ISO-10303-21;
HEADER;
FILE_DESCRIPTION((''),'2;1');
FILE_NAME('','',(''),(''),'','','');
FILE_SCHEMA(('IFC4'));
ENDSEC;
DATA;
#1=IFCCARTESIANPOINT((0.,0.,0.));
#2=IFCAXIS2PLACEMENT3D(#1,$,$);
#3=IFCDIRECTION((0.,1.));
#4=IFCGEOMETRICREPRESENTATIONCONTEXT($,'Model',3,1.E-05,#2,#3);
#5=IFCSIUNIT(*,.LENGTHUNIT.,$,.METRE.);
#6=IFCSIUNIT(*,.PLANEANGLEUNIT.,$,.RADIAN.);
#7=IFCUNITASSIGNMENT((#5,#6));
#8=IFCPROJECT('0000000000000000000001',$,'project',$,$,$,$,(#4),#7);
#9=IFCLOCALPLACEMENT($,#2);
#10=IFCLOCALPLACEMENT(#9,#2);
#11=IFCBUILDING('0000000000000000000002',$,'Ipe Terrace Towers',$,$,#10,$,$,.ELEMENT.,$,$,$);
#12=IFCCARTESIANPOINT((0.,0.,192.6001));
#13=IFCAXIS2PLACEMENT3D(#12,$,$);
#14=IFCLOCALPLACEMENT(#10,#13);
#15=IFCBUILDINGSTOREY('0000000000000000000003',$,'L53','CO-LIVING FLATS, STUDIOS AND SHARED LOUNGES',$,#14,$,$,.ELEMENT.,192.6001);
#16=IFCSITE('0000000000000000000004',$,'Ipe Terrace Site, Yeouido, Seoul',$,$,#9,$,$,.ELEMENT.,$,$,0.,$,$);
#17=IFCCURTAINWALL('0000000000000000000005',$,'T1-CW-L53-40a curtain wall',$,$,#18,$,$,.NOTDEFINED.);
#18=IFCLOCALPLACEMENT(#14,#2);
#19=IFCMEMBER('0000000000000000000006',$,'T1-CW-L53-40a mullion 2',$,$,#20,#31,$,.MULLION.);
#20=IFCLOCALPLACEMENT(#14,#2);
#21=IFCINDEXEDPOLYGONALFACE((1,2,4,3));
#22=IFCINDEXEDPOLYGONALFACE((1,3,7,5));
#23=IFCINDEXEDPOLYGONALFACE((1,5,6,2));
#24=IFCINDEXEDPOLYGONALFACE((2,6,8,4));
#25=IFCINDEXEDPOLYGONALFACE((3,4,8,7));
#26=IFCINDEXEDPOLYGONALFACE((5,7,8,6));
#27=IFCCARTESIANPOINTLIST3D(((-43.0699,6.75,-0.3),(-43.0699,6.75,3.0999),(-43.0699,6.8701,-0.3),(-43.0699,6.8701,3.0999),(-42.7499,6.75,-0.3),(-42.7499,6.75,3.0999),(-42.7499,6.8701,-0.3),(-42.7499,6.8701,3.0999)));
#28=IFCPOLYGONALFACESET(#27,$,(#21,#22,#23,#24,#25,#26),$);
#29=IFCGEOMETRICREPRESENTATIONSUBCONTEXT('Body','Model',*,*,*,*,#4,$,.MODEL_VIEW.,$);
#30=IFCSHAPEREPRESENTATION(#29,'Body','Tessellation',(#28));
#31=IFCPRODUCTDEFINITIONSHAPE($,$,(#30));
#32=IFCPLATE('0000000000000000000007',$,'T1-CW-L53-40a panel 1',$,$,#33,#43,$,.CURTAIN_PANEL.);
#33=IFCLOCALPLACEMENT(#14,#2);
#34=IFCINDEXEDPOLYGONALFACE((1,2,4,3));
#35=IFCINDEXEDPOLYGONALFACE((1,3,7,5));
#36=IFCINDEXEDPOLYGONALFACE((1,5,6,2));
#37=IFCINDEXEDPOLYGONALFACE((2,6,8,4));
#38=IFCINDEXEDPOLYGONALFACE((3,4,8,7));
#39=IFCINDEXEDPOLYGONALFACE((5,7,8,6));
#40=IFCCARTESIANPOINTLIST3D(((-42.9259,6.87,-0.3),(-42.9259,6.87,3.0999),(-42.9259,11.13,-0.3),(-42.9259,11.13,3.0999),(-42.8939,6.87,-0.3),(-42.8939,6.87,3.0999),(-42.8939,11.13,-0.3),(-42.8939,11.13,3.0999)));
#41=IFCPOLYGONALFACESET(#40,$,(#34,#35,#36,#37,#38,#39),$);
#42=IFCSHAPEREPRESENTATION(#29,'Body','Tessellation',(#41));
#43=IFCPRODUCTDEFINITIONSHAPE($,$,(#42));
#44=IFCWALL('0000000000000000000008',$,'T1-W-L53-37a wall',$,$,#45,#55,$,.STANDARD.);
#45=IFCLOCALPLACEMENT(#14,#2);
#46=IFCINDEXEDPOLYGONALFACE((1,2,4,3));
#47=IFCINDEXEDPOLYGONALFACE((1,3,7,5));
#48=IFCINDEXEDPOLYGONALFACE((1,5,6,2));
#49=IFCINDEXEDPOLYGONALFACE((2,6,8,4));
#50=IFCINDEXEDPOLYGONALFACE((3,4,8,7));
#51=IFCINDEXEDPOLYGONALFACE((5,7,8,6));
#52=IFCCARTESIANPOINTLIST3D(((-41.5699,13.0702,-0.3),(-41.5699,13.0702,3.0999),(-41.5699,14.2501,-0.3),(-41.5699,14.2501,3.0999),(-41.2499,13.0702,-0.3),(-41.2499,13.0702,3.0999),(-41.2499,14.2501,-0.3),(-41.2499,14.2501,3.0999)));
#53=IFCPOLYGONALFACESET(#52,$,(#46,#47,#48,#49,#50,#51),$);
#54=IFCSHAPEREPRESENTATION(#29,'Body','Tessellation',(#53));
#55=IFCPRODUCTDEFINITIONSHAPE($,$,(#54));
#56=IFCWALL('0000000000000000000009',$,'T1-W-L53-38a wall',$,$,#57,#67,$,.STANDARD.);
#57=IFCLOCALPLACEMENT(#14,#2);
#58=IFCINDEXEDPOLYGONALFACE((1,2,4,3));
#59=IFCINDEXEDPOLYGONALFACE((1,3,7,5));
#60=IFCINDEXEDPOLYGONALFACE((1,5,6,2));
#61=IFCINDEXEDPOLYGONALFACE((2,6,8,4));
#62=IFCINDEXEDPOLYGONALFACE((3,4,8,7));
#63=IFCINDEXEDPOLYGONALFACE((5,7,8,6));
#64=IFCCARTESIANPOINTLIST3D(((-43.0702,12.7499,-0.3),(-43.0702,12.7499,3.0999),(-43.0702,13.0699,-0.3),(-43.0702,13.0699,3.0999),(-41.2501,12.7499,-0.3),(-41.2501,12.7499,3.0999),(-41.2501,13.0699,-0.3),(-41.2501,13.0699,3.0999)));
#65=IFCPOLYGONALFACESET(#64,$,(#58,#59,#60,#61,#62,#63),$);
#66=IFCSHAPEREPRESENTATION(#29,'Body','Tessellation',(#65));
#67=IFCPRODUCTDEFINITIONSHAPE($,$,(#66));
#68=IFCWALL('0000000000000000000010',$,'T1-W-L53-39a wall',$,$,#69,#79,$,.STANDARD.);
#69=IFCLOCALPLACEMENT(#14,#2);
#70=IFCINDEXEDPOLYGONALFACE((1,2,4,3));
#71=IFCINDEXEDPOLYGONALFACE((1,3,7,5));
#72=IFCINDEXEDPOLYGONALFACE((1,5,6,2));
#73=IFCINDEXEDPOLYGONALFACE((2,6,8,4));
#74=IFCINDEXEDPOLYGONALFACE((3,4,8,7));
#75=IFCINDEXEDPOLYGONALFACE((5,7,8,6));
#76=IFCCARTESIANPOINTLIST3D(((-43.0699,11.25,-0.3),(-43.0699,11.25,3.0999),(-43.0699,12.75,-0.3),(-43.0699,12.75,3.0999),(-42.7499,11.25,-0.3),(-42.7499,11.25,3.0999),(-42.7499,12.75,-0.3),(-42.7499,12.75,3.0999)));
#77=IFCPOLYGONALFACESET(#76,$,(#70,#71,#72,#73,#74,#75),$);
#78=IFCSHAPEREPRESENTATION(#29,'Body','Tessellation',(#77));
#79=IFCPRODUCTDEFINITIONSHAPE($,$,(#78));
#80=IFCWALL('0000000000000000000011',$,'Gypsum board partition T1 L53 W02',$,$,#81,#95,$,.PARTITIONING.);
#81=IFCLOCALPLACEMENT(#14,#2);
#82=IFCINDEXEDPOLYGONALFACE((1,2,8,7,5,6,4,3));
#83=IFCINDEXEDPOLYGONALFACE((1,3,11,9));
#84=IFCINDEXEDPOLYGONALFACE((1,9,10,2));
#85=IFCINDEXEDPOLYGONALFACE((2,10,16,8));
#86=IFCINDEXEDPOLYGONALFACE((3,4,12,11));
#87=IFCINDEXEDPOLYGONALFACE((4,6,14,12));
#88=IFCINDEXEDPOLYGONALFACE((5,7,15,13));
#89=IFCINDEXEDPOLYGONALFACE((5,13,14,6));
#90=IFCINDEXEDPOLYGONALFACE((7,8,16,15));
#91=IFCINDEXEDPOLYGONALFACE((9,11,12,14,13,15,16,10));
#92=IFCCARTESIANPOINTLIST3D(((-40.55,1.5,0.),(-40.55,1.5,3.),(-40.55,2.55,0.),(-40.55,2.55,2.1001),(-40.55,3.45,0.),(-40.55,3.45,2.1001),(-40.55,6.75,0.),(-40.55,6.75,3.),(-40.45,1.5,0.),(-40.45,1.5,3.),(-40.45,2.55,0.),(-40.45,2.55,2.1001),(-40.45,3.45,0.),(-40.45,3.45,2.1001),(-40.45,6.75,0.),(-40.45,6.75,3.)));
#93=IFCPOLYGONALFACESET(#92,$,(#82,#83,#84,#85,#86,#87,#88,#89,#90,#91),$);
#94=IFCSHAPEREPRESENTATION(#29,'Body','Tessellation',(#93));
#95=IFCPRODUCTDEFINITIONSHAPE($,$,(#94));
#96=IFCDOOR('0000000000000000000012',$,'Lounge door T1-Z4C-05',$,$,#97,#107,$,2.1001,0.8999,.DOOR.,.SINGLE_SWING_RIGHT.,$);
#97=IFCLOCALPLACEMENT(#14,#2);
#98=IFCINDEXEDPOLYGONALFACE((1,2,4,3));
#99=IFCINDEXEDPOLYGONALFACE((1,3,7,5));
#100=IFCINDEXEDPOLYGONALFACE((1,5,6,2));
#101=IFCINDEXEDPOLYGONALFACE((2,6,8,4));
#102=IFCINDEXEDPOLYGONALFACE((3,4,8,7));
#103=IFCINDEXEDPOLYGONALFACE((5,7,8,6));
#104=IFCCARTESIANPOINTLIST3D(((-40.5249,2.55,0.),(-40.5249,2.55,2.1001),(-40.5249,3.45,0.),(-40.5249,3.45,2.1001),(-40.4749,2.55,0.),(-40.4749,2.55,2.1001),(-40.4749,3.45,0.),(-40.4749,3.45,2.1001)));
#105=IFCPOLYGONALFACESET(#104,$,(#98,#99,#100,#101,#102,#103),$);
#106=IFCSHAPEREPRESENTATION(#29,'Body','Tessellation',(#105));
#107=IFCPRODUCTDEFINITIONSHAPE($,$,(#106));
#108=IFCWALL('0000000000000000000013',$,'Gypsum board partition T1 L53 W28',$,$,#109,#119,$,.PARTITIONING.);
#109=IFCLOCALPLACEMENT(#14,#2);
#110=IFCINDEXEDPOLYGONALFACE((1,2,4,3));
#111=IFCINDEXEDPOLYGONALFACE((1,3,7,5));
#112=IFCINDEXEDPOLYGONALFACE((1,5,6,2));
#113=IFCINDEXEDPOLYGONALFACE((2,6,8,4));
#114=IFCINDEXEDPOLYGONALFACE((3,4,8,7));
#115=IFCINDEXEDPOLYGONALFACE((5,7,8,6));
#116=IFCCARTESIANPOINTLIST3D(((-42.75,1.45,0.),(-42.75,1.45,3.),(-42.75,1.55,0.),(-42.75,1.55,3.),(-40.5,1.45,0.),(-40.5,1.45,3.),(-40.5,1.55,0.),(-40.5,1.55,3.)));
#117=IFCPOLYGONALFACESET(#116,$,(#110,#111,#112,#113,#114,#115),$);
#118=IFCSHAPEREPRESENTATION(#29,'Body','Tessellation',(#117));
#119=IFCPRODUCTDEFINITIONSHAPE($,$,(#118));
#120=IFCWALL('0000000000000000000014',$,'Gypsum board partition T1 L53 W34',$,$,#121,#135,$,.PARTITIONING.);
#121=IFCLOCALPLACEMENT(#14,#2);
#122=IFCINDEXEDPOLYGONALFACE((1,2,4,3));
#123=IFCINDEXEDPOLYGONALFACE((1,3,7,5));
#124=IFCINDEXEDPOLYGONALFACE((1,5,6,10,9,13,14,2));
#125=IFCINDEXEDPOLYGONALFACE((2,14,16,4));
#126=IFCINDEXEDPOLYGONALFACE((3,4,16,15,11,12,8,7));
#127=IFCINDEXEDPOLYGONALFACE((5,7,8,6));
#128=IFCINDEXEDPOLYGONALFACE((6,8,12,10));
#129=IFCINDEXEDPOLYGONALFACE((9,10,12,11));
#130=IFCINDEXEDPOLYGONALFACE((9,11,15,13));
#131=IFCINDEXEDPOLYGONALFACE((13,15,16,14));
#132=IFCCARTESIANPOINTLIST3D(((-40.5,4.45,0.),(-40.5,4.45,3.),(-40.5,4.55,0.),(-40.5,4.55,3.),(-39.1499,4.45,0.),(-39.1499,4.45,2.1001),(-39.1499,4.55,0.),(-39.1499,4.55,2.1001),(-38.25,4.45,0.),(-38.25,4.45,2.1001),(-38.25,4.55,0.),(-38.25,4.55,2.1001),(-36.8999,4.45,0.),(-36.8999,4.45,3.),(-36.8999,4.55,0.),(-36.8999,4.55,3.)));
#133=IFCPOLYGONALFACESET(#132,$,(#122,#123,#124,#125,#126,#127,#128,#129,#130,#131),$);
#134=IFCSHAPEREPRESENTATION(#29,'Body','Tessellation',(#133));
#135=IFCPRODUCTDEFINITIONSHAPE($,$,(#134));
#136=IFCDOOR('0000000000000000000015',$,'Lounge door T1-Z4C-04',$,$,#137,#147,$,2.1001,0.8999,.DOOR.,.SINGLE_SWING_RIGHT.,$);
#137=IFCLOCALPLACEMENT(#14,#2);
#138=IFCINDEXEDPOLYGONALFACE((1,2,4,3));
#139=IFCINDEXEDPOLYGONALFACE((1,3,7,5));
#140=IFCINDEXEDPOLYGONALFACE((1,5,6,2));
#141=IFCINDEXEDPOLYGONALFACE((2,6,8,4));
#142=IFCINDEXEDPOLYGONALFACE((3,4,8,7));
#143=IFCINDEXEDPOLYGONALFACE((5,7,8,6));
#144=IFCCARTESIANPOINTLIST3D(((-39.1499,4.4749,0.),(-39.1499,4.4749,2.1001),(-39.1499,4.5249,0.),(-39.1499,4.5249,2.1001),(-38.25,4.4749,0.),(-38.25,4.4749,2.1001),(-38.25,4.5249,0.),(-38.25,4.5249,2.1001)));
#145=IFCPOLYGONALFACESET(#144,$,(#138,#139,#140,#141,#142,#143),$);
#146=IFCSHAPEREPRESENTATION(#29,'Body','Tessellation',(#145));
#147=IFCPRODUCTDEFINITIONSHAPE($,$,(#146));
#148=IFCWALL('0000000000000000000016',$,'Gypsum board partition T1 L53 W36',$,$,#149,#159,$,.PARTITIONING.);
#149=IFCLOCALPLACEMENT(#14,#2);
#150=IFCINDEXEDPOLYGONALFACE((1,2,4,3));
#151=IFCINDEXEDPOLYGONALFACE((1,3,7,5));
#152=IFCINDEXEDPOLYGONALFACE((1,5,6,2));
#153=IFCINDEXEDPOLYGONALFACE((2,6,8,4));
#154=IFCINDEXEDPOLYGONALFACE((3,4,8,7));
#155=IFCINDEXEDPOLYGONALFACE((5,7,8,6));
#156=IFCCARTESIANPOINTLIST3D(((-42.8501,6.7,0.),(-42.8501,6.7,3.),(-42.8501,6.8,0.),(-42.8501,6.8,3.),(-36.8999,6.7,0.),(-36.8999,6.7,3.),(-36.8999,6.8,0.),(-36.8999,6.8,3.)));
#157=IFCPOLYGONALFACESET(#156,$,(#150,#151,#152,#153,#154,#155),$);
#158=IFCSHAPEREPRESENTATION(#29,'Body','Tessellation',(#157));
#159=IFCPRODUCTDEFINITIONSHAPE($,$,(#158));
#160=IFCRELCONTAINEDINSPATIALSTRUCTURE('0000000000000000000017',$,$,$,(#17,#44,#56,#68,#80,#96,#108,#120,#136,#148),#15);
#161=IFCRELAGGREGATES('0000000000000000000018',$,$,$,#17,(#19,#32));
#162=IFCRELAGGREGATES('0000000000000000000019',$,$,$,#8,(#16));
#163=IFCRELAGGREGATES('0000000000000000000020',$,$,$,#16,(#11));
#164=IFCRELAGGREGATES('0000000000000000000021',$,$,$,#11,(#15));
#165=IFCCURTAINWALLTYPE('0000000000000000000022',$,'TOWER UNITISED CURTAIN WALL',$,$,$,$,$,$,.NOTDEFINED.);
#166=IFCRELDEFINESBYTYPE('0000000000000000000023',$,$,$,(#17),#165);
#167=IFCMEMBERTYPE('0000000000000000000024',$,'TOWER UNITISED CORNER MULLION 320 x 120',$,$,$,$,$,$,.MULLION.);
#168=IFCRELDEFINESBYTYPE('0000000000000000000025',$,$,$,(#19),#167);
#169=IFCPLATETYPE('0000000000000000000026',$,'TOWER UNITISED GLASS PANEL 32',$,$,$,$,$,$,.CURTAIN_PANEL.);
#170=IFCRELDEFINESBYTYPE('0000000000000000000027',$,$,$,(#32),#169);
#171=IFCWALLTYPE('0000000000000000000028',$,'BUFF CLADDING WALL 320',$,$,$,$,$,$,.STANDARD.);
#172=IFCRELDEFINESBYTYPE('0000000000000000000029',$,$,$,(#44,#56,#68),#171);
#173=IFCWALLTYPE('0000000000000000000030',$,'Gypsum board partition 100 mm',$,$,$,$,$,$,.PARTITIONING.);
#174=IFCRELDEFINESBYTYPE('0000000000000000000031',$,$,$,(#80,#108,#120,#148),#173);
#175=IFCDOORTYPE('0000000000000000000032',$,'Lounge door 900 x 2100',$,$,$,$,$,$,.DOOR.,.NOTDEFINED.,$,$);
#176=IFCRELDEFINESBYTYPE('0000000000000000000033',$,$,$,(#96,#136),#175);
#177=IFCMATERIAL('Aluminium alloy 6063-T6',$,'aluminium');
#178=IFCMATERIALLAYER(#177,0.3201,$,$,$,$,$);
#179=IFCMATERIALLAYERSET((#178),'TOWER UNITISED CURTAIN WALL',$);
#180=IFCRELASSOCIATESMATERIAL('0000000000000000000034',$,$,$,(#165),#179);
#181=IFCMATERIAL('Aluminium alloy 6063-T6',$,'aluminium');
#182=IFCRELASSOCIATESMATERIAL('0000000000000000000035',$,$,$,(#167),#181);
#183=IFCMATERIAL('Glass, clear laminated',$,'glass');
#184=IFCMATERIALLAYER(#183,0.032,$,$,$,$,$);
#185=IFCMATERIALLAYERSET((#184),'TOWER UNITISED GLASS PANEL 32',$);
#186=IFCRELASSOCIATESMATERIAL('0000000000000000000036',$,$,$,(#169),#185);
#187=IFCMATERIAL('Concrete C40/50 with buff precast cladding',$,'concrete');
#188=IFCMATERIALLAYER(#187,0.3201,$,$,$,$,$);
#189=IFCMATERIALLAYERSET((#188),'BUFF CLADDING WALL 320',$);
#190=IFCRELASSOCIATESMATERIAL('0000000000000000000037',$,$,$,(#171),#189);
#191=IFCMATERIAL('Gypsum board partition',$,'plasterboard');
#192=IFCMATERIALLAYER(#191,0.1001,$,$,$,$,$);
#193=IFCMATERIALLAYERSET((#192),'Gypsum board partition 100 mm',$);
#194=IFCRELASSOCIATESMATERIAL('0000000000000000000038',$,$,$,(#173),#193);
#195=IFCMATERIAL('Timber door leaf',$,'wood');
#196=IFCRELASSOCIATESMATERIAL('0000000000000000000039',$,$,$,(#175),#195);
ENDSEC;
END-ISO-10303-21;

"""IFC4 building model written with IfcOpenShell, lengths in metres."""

from ifc_helpers import new_model, si_unit, direction, frame, frame_2d, origin, origin_2d, place, context, subcontext, project, spatial, rectangle, extrude, material, layer, layer_set, material_profile, profile_set, type_object, element, fill, aggregate, save


model = new_model("IFC4")

# Units and contexts
model_context = context("Model", 3, precision=1e-05, world=origin(), true_north=direction((0.0, 1.0)))
body_context = subcontext(model_context, "Body", "Model", "MODEL_VIEW")
ifc_project = project(units=[si_unit("LENGTHUNIT", "METRE"), si_unit("PLANEANGLEUNIT", "RADIAN")], contexts=[model_context])

# Site, building, storey
site_placement = place(None, origin())
site = spatial("IfcSite", under=ifc_project, at=site_placement, Name="Ipe Terrace Site, Yeouido, Seoul", CompositionType="ELEMENT", RefElevation=0.0)
building_placement = place(site_placement, origin())
building = spatial("IfcBuilding", under=site, at=building_placement, Name="Ipe Terrace Towers", CompositionType="ELEMENT")
storey_placement = place(building_placement, frame((0.0, 0.0, 192.6001)))
storey = spatial("IfcBuildingStorey", under=building, at=storey_placement, Name="L53", Description="CO-LIVING FLATS, STUDIOS AND SHARED LOUNGES", CompositionType="ELEMENT", Elevation=192.6001)

# Curtain wall, member, plate
ifc_material_1 = material(Name="Aluminium alloy 6063-T6", Category="aluminium")
ifc_layer_1 = layer(ifc_material_1, 0.3201)
ifc_layer_set_1 = layer_set([ifc_layer_1], Name="TOWER UNITISED CURTAIN WALL")
curtain_wall_type = type_object("IfcCurtainWallType", Name="TOWER UNITISED CURTAIN WALL", PredefinedType="NOTDEFINED", material=ifc_layer_set_1)
curtain_wall_placement = place(storey_placement, origin())
curtain_wall = element("IfcCurtainWall", 1, at=curtain_wall_placement, inside=storey, type_object=curtain_wall_type, Name="T1-CW-L53-40a curtain wall", PredefinedType="NOTDEFINED")
ifc_material_2 = material(Name="Aluminium alloy 6063-T6", Category="aluminium")
ifc_material_profile_1 = material_profile(ifc_material_2, rectangle(XDim=0.3201, YDim=0.1201, at=origin_2d()), Name="TOWER UNITISED CORNER MULLION 320 x 120")
ifc_profile_set_1 = profile_set([ifc_material_profile_1], Name="Aluminium alloy 6063-T6")
member_type = type_object("IfcMemberType", Name="TOWER UNITISED CORNER MULLION 320 x 120", PredefinedType="MULLION", material=ifc_profile_set_1)
member_1_placement = place(storey_placement, frame((-42.9099, 6.8101, -0.3), z_axis=(0.0, 0.0, 1.0), x_axis=(-1.0, 0.0, 0.0)))
member_1 = element("IfcMember", 2, at=member_1_placement, type_object=member_type, Name="T1-CW-L53-40a mullion 2", PredefinedType="MULLION", context=body_context, shape_type="SweptSolid", body=[
    extrude(rectangle(XDim=0.3201, YDim=0.1201, at=origin_2d()), origin(), (0.0, 0.0, 1.0), 3.3999),
])
ifc_material_3 = material(Name="Glass, clear laminated", Category="glass")
ifc_layer_2 = layer(ifc_material_3, 0.032)
ifc_layer_set_2 = layer_set([ifc_layer_2], Name="TOWER UNITISED GLASS PANEL 32")
plate_type = type_object("IfcPlateType", Name="TOWER UNITISED GLASS PANEL 32", PredefinedType="CURTAIN_PANEL", material=ifc_layer_set_2)
plate_placement = place(storey_placement, frame((-42.9099, 9.0, -0.3), z_axis=(0.0, 0.0, 1.0), x_axis=(0.0, -1.0, 0.0)))
plate = element("IfcPlate", 3, at=plate_placement, type_object=plate_type, Name="T1-CW-L53-40a panel 1", PredefinedType="CURTAIN_PANEL", context=body_context, shape_type="SweptSolid", body=[
    extrude(rectangle(XDim=4.26, YDim=0.032, at=origin_2d()), origin(), (0.0, 0.0, 1.0), 3.3999),
])
aggregate(curtain_wall, [member_1, plate])

# Walls
ifc_material_4 = material(Name="Concrete C40/50 with buff precast cladding", Category="concrete")
ifc_layer_3 = layer(ifc_material_4, 0.3201)
ifc_layer_set_3 = layer_set([ifc_layer_3], Name="BUFF CLADDING WALL 320")
wall_type_1 = type_object("IfcWallType", Name="BUFF CLADDING WALL 320", PredefinedType="STANDARD", material=ifc_layer_set_3)
wall_1_placement = place(storey_placement, frame((-41.4099, 14.25, -0.3), z_axis=(0.0, 0.0, 1.0), x_axis=(0.0, -1.0, 0.0)))
element("IfcWall", 4, at=wall_1_placement, inside=storey, type_object=wall_type_1, Name="T1-W-L53-37a wall", PredefinedType="STANDARD", context=body_context, shape_type="SweptSolid", body=[
    extrude(rectangle(XDim=1.1799, YDim=0.3201, at=frame_2d((0.5898, 0.0))), origin(), (0.0, 0.0, 1.0), 3.3999),
])
wall_2_placement = place(storey_placement, frame((-41.25, 12.9099, -0.3), z_axis=(0.0, 0.0, 1.0), x_axis=(-1.0, 0.0, 0.0)))
element("IfcWall", 5, at=wall_2_placement, inside=storey, type_object=wall_type_1, Name="T1-W-L53-38a wall", PredefinedType="STANDARD", context=body_context, shape_type="SweptSolid", body=[
    extrude(rectangle(XDim=1.8201, YDim=0.3201, at=frame_2d((0.9102, 0.0))), origin(), (0.0, 0.0, 1.0), 3.3999),
])
wall_3_placement = place(storey_placement, frame((-42.9099, 12.75, -0.3), z_axis=(0.0, 0.0, 1.0), x_axis=(0.0, -1.0, 0.0)))
element("IfcWall", 6, at=wall_3_placement, inside=storey, type_object=wall_type_1, Name="T1-W-L53-39a wall", PredefinedType="STANDARD", context=body_context, shape_type="SweptSolid", body=[
    extrude(rectangle(XDim=1.5, YDim=0.3201, at=frame_2d((0.75, 0.0))), origin(), (0.0, 0.0, 1.0), 3.3999),
])

# Wall, opening, door
ifc_material_5 = material(Name="Gypsum board partition", Category="plasterboard")
ifc_layer_4 = layer(ifc_material_5, 0.1001)
ifc_layer_set_4 = layer_set([ifc_layer_4], Name="Gypsum board partition 100 mm")
wall_type_2 = type_object("IfcWallType", Name="Gypsum board partition 100 mm", PredefinedType="PARTITIONING", material=ifc_layer_set_4)
wall_4_placement = place(storey_placement, frame((-40.5, 1.5, 0.0), z_axis=(0.0, 0.0, 1.0), x_axis=(0.0, 1.0, 0.0)))
wall_4 = element("IfcWall", 7, at=wall_4_placement, inside=storey, type_object=wall_type_2, Name="Gypsum board partition T1 L53 W02", PredefinedType="PARTITIONING", context=body_context, shape_type="SweptSolid", body=[
    extrude(rectangle(XDim=5.25, YDim=0.1001, at=frame_2d((2.625, 0.0))), origin(), (0.0, 0.0, 1.0), 3.0),
])
opening_1_placement = place(wall_4_placement, frame((1.05, 0.0, 0.0)))
opening_1 = element("IfcOpeningElement", 8, at=opening_1_placement, cuts=wall_4, PredefinedType="OPENING", context=body_context, shape_type="SweptSolid", body=[
    extrude(rectangle(XDim=0.8999, YDim=2.1001, at=frame_2d((0.45, 1.05))), frame((0.0, 0.0601, 0.0), z_axis=(0.0, -1.0, 0.0), x_axis=(1.0, 0.0, 0.0)), (0.0, 0.0, 1.0), 0.1201),
])
ifc_material_6 = material(Name="Timber door leaf", Category="wood")
door_type_1 = type_object("IfcDoorType", Name="Lounge door 900 x 2100", OperationType="NOTDEFINED", PredefinedType="DOOR", material=ifc_material_6)
door_1_placement = place(opening_1_placement, origin())
door_1 = element("IfcDoor", 9, at=door_1_placement, inside=storey, type_object=door_type_1, Name="Lounge door T1-Z4C-05", OperationType="SINGLE_SWING_RIGHT", OverallHeight=2.1001, OverallWidth=0.8999, PredefinedType="DOOR", context=body_context, shape_type="SweptSolid", body=[
    extrude(rectangle(XDim=0.8999, YDim=2.1001, at=frame_2d((0.45, 1.05))), frame((0.0, 0.0249, 0.0), z_axis=(0.0, -1.0, 0.0), x_axis=(1.0, 0.0, 0.0)), (0.0, 0.0, 1.0), 0.05),
])
fill(opening_1, door_1)

# Wall
wall_5_placement = place(storey_placement, frame((-42.75, 1.5, 0.0), z_axis=(0.0, 0.0, 1.0), x_axis=(1.0, 0.0, 0.0)))
element("IfcWall", 10, at=wall_5_placement, inside=storey, type_object=wall_type_2, Name="Gypsum board partition T1 L53 W28", PredefinedType="PARTITIONING", context=body_context, shape_type="SweptSolid", body=[
    extrude(rectangle(XDim=2.25, YDim=0.1001, at=frame_2d((1.125, 0.0))), origin(), (0.0, 0.0, 1.0), 3.0),
])

# Wall, opening, door
wall_6_placement = place(storey_placement, frame((-40.5, 4.5, 0.0), z_axis=(0.0, 0.0, 1.0), x_axis=(1.0, 0.0, 0.0)))
wall_6 = element("IfcWall", 11, at=wall_6_placement, inside=storey, type_object=wall_type_2, Name="Gypsum board partition T1 L53 W34", PredefinedType="PARTITIONING", context=body_context, shape_type="SweptSolid", body=[
    extrude(rectangle(XDim=3.6001, YDim=0.1001, at=frame_2d((1.8, 0.0))), origin(), (0.0, 0.0, 1.0), 3.0),
])
opening_2_placement = place(wall_6_placement, frame((1.3501, 0.0, 0.0)))
opening_2 = element("IfcOpeningElement", 12, at=opening_2_placement, cuts=wall_6, PredefinedType="OPENING", context=body_context, shape_type="SweptSolid", body=[
    extrude(rectangle(XDim=0.8999, YDim=2.1001, at=frame_2d((0.45, 1.05))), frame((0.0, 0.0601, 0.0), z_axis=(0.0, -1.0, 0.0), x_axis=(1.0, 0.0, 0.0)), (0.0, 0.0, 1.0), 0.1201),
])
door_2_placement = place(opening_2_placement, origin())
door_2 = element("IfcDoor", 13, at=door_2_placement, inside=storey, type_object=door_type_1, Name="Lounge door T1-Z4C-04", OperationType="SINGLE_SWING_RIGHT", OverallHeight=2.1001, OverallWidth=0.8999, PredefinedType="DOOR", context=body_context, shape_type="SweptSolid", body=[
    extrude(rectangle(XDim=0.8999, YDim=2.1001, at=frame_2d((0.45, 1.05))), frame((0.0, 0.0249, 0.0), z_axis=(0.0, -1.0, 0.0), x_axis=(1.0, 0.0, 0.0)), (0.0, 0.0, 1.0), 0.05),
])
fill(opening_2, door_2)

# Wall
wall_7_placement = place(storey_placement, frame((-42.8501, 6.75, 0.0), z_axis=(0.0, 0.0, 1.0), x_axis=(1.0, 0.0, 0.0)))
element("IfcWall", 14, at=wall_7_placement, inside=storey, type_object=wall_type_2, Name="Gypsum board partition T1 L53 W36", PredefinedType="PARTITIONING", context=body_context, shape_type="SweptSolid", body=[
    extrude(rectangle(XDim=5.9502, YDim=0.1001, at=frame_2d((2.9751, 0.0))), origin(), (0.0, 0.0, 1.0), 3.0),
])

save(model, "model.ifc")
